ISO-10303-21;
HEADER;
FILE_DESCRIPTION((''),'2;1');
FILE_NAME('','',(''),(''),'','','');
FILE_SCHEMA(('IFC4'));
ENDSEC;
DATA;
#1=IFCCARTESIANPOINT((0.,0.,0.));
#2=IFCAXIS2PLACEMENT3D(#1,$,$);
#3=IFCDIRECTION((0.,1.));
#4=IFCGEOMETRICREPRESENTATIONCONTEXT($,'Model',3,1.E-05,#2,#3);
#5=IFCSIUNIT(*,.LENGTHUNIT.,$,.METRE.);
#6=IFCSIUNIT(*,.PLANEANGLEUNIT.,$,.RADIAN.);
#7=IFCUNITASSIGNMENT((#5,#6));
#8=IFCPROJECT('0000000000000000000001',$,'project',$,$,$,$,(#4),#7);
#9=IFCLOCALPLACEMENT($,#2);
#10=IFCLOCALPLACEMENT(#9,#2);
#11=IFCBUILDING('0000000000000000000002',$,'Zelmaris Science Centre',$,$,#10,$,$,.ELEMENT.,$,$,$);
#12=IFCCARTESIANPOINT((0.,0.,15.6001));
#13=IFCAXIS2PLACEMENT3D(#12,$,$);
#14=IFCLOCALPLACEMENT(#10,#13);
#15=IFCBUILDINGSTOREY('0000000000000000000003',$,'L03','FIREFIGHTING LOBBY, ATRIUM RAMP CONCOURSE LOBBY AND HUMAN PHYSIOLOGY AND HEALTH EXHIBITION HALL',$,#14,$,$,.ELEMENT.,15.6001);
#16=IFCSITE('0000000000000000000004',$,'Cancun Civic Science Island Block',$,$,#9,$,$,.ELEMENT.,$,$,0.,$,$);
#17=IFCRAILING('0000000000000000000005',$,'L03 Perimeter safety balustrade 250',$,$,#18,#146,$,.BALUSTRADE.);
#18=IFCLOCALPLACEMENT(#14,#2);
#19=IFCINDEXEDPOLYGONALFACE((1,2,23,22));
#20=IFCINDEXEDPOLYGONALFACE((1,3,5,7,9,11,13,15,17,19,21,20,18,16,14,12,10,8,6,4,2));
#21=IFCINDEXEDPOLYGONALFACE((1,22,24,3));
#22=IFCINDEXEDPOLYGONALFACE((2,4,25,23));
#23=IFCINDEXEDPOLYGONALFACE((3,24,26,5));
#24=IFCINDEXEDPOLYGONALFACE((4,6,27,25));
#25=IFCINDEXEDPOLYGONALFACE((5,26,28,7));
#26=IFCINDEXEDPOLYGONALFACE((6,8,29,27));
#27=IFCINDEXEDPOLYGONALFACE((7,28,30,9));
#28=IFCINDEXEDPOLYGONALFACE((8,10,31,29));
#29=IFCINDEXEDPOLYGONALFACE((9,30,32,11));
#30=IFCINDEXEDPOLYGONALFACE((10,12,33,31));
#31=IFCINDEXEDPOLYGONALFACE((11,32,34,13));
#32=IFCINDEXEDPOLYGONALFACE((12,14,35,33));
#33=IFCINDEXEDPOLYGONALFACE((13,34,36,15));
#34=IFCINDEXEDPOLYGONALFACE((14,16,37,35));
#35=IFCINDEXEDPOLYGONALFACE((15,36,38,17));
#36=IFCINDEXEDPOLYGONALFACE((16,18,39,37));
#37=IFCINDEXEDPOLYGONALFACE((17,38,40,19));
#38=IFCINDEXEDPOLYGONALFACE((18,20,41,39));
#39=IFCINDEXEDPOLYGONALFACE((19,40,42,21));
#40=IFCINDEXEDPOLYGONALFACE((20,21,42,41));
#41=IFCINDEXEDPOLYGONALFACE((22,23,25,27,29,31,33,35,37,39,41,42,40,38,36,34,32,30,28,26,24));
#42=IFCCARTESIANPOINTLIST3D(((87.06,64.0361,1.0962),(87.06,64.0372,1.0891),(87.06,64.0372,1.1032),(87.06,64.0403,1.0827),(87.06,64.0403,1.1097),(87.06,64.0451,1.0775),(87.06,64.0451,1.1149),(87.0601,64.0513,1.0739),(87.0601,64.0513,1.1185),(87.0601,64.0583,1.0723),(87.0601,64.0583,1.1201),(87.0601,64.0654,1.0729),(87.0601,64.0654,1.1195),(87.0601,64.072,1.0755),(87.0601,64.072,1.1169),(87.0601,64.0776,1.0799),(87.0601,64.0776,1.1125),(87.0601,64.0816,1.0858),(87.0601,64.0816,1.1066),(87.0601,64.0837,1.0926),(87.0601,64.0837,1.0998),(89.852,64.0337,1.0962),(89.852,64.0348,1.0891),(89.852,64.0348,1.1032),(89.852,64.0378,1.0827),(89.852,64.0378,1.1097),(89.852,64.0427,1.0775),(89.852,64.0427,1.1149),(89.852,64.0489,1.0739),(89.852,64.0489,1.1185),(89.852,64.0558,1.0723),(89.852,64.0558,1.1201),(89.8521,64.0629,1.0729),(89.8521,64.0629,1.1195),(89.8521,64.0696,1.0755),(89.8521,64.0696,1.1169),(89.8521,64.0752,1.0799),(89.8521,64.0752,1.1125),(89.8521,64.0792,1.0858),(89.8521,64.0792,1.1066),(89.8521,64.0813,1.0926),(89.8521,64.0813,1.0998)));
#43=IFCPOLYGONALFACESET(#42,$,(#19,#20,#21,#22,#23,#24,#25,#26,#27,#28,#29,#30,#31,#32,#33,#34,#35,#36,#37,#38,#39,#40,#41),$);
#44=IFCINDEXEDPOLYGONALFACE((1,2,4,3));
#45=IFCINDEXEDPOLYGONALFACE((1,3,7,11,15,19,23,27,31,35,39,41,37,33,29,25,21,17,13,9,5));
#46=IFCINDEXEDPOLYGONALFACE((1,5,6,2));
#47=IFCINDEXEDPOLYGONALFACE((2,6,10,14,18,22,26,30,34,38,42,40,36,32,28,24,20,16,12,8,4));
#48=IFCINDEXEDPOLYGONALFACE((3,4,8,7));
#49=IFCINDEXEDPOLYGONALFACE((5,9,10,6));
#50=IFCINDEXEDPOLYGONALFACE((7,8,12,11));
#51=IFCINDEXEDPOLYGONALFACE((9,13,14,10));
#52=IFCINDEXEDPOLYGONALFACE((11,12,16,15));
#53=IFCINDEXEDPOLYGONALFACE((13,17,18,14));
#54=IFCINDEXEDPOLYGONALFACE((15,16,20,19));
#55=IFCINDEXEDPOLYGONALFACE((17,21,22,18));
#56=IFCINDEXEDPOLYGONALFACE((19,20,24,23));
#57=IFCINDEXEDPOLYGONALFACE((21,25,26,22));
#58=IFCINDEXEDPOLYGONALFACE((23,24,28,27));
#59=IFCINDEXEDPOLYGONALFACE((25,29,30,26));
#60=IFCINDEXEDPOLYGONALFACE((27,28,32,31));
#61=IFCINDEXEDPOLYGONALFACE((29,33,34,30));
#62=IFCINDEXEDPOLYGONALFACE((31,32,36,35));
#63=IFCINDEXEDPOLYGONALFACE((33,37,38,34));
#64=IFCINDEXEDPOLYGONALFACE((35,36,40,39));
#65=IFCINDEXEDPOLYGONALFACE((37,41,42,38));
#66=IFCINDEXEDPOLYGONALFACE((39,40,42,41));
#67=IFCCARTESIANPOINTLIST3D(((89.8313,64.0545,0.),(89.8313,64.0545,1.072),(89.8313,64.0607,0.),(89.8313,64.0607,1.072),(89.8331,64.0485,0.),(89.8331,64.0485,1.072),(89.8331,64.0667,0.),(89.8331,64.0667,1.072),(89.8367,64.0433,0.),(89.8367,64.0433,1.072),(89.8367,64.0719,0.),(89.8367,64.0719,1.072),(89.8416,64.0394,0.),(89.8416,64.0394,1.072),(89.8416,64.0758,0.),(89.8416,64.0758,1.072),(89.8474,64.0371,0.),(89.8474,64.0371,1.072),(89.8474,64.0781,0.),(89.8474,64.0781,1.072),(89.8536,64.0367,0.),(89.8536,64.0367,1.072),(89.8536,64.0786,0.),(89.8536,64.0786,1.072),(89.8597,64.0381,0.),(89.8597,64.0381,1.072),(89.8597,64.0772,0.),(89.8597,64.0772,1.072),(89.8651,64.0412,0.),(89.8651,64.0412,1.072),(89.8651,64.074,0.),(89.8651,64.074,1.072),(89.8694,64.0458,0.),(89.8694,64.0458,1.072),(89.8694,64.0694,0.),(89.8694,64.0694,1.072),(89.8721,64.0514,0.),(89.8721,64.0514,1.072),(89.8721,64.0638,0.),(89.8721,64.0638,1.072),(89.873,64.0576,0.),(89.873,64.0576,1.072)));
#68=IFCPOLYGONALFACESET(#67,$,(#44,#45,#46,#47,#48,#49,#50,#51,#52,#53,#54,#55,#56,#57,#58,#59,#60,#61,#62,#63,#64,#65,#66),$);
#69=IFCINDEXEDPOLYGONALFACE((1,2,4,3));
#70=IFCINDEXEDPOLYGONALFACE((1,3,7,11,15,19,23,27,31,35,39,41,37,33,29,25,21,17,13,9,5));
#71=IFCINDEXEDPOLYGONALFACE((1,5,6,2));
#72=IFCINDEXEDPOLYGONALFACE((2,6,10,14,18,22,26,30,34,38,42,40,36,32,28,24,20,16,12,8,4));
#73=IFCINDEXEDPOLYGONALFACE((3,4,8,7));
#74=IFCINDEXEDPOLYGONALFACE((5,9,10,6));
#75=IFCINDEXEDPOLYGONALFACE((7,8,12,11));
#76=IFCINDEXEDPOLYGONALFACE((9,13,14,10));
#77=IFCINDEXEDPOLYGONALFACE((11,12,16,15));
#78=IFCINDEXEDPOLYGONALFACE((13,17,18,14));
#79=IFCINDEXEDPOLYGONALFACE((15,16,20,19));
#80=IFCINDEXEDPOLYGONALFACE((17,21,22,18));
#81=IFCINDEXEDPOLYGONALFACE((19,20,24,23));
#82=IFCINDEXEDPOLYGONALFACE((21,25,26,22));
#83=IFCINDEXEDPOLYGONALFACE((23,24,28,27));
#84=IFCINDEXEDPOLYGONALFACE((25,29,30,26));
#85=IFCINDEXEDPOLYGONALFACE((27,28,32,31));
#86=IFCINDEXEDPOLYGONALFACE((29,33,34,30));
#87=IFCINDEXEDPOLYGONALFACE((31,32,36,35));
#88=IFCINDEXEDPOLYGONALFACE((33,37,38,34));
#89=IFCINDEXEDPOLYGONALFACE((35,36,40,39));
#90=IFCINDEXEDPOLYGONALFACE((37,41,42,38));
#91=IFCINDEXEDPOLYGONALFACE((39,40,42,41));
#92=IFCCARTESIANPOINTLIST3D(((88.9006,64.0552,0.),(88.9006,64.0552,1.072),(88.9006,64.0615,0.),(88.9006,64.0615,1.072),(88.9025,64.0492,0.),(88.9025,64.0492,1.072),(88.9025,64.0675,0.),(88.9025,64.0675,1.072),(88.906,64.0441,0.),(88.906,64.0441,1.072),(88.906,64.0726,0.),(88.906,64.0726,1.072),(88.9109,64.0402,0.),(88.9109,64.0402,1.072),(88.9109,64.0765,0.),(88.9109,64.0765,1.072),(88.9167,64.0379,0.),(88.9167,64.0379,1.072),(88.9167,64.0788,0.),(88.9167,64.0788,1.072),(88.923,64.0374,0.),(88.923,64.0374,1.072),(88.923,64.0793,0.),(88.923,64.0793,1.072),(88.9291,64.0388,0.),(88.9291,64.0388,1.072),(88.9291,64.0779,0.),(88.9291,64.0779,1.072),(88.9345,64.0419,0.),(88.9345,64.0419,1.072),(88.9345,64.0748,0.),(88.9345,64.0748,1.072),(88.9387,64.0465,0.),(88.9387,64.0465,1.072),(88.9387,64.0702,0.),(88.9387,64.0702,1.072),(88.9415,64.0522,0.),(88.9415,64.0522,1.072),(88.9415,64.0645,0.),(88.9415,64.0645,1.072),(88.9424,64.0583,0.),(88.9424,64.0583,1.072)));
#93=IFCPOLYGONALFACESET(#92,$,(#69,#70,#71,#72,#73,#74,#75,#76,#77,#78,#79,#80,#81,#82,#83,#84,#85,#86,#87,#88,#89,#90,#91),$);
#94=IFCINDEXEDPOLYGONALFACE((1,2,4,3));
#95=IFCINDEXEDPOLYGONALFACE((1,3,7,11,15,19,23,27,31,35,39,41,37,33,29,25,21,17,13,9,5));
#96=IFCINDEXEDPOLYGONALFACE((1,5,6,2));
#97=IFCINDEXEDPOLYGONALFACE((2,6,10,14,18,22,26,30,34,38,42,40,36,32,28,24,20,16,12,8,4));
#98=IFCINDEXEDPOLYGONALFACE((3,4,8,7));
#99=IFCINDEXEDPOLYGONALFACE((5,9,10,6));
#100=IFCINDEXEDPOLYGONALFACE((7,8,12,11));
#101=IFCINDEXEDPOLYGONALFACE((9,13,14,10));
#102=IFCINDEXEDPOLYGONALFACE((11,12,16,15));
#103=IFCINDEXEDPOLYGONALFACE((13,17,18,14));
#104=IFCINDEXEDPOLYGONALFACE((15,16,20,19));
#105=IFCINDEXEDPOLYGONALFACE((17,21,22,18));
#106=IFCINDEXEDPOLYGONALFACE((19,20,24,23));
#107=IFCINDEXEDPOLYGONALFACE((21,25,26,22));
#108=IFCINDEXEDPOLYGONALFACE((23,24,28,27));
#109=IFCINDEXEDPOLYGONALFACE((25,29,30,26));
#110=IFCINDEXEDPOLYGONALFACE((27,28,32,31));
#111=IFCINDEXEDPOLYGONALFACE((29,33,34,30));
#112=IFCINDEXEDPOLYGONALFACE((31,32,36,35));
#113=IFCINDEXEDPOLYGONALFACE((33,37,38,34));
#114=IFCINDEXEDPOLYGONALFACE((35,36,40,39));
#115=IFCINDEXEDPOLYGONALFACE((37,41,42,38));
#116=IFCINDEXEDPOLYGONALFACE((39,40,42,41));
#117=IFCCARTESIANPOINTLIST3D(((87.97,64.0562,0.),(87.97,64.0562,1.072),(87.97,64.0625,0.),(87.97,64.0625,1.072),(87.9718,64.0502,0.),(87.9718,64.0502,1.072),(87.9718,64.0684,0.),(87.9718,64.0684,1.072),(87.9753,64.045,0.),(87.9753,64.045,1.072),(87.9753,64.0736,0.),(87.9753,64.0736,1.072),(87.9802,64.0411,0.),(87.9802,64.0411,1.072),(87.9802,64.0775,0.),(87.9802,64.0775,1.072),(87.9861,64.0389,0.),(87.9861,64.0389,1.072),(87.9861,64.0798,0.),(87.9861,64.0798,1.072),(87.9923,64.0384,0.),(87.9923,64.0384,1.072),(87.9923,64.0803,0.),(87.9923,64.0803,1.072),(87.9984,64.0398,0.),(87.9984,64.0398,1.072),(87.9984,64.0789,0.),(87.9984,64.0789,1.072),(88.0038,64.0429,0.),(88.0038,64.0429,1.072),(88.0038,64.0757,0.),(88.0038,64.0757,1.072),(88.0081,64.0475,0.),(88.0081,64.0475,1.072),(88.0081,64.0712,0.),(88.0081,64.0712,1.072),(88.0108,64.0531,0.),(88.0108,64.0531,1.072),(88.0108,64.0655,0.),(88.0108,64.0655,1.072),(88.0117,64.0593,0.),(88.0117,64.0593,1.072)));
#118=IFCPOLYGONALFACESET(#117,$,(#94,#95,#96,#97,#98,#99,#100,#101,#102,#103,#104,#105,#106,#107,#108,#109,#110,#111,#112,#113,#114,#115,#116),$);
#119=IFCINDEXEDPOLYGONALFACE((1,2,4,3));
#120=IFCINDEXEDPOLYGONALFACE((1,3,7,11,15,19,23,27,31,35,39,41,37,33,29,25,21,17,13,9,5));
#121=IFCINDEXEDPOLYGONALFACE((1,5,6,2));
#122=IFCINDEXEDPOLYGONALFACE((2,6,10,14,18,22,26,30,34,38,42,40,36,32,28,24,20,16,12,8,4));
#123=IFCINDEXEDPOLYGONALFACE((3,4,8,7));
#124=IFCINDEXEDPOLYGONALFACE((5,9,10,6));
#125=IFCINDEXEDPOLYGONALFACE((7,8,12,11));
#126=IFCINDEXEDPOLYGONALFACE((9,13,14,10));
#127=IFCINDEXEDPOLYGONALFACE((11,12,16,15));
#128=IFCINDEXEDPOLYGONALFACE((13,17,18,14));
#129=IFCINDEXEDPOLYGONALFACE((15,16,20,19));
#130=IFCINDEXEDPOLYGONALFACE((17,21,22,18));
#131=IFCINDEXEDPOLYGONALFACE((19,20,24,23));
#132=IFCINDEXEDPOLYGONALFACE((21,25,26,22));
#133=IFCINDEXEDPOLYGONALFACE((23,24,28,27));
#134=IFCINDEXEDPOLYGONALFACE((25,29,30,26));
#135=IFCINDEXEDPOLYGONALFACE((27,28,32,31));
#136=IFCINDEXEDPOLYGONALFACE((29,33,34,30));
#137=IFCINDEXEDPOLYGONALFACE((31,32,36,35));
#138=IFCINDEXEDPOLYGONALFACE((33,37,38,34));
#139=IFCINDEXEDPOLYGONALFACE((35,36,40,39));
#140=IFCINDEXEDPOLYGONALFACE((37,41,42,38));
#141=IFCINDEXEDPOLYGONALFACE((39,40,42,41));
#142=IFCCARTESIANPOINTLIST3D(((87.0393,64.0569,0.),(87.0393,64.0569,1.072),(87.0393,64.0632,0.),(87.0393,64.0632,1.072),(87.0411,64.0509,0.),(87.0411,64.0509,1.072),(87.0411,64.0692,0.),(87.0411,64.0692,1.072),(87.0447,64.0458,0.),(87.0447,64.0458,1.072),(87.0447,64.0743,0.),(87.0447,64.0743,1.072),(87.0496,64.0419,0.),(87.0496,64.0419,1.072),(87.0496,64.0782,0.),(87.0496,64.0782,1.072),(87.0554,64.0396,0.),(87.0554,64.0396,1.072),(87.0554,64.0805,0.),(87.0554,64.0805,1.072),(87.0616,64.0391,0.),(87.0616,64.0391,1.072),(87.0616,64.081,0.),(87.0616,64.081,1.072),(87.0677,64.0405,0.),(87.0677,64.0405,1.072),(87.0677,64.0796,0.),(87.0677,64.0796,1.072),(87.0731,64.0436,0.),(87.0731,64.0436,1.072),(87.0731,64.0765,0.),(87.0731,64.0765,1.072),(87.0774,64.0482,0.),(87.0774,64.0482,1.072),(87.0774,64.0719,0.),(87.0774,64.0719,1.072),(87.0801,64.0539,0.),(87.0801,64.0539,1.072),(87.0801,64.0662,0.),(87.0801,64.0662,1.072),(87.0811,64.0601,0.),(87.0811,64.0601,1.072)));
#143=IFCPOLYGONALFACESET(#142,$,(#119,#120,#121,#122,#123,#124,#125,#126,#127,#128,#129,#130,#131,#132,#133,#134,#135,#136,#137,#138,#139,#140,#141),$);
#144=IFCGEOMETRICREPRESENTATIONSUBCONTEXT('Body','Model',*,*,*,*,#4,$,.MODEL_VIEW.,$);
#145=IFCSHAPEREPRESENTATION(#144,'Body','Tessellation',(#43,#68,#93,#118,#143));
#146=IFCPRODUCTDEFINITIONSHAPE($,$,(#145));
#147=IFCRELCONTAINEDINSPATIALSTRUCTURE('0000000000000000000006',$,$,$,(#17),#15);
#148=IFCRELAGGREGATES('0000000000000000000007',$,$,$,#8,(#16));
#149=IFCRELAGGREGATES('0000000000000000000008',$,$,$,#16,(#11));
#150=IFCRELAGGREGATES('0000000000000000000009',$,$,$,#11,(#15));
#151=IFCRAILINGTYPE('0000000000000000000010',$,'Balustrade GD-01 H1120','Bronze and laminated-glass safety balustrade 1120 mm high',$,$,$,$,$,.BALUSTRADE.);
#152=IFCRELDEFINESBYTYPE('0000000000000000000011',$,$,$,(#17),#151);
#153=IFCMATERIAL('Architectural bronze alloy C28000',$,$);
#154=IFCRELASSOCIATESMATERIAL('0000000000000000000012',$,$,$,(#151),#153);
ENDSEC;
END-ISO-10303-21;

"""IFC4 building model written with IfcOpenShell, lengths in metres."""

from ifc_helpers import new_model, si_unit, direction, frame, origin, origin_2d, place, context, subcontext, project, spatial, circle, extrude, material, type_object, element, save


model = new_model("IFC4")

# Units and contexts
model_context = context("Model", 3, precision=1e-05, world=origin(), true_north=direction((0.0, 1.0)))
body_context = subcontext(model_context, "Body", "Model", "MODEL_VIEW")
ifc_project = project(units=[si_unit("LENGTHUNIT", "METRE"), si_unit("PLANEANGLEUNIT", "RADIAN")], contexts=[model_context])

# Site, building, storey
site_placement = place(None, origin())
site = spatial("IfcSite", under=ifc_project, at=site_placement, Name="Cancun Civic Science Island Block", CompositionType="ELEMENT", RefElevation=0.0)
building_placement = place(site_placement, origin())
building = spatial("IfcBuilding", under=site, at=building_placement, Name="Zelmaris Science Centre", CompositionType="ELEMENT")
storey_placement = place(building_placement, frame((0.0, 0.0, 15.6001)))
storey = spatial("IfcBuildingStorey", under=building, at=storey_placement, Name="L03", Description="FIREFIGHTING LOBBY, ATRIUM RAMP CONCOURSE LOBBY AND HUMAN PHYSIOLOGY AND HEALTH EXHIBITION HALL", CompositionType="ELEMENT", Elevation=15.6001)

# Railing
ifc_material_1 = material(Name="Architectural bronze alloy C28000")
railing_type = type_object("IfcRailingType", Name="Balustrade GD-01 H1120", Description="Bronze and laminated-glass safety balustrade 1120 mm high", PredefinedType="BALUSTRADE", material=ifc_material_1)
railing_placement = place(storey_placement, frame((89.8521, 64.0576, 0.0)))
element("IfcRailing", 1, at=railing_placement, inside=storey, type_object=railing_type, Name="L03 Perimeter safety balustrade 250", PredefinedType="BALUSTRADE", context=body_context, shape_type="SweptSolid", body=[
    extrude(circle(Radius=0.0239, at=origin_2d()), frame((0.0, 0.0, 1.0962), z_axis=(-1.0, 0.000874, 0.0), x_axis=(-0.000874, -1.0, 0.0)), (0.0, 0.0, 1.0), 2.792),
    extrude(circle(Radius=0.021, at=origin_2d()), origin(), (0.0, 0.0, 1.0), 1.072),
    extrude(circle(Radius=0.021, at=origin_2d()), frame((-0.9307, 0.0007, 0.0)), (0.0, 0.0, 1.0), 1.072),
    extrude(circle(Radius=0.021, at=origin_2d()), frame((-1.8613, 0.0017, 0.0)), (0.0, 0.0, 1.0), 1.072),
    extrude(circle(Radius=0.021, at=origin_2d()), frame((-2.792, 0.0024, 0.0)), (0.0, 0.0, 1.0), 1.072),
])

save(model, "model.ifc")
